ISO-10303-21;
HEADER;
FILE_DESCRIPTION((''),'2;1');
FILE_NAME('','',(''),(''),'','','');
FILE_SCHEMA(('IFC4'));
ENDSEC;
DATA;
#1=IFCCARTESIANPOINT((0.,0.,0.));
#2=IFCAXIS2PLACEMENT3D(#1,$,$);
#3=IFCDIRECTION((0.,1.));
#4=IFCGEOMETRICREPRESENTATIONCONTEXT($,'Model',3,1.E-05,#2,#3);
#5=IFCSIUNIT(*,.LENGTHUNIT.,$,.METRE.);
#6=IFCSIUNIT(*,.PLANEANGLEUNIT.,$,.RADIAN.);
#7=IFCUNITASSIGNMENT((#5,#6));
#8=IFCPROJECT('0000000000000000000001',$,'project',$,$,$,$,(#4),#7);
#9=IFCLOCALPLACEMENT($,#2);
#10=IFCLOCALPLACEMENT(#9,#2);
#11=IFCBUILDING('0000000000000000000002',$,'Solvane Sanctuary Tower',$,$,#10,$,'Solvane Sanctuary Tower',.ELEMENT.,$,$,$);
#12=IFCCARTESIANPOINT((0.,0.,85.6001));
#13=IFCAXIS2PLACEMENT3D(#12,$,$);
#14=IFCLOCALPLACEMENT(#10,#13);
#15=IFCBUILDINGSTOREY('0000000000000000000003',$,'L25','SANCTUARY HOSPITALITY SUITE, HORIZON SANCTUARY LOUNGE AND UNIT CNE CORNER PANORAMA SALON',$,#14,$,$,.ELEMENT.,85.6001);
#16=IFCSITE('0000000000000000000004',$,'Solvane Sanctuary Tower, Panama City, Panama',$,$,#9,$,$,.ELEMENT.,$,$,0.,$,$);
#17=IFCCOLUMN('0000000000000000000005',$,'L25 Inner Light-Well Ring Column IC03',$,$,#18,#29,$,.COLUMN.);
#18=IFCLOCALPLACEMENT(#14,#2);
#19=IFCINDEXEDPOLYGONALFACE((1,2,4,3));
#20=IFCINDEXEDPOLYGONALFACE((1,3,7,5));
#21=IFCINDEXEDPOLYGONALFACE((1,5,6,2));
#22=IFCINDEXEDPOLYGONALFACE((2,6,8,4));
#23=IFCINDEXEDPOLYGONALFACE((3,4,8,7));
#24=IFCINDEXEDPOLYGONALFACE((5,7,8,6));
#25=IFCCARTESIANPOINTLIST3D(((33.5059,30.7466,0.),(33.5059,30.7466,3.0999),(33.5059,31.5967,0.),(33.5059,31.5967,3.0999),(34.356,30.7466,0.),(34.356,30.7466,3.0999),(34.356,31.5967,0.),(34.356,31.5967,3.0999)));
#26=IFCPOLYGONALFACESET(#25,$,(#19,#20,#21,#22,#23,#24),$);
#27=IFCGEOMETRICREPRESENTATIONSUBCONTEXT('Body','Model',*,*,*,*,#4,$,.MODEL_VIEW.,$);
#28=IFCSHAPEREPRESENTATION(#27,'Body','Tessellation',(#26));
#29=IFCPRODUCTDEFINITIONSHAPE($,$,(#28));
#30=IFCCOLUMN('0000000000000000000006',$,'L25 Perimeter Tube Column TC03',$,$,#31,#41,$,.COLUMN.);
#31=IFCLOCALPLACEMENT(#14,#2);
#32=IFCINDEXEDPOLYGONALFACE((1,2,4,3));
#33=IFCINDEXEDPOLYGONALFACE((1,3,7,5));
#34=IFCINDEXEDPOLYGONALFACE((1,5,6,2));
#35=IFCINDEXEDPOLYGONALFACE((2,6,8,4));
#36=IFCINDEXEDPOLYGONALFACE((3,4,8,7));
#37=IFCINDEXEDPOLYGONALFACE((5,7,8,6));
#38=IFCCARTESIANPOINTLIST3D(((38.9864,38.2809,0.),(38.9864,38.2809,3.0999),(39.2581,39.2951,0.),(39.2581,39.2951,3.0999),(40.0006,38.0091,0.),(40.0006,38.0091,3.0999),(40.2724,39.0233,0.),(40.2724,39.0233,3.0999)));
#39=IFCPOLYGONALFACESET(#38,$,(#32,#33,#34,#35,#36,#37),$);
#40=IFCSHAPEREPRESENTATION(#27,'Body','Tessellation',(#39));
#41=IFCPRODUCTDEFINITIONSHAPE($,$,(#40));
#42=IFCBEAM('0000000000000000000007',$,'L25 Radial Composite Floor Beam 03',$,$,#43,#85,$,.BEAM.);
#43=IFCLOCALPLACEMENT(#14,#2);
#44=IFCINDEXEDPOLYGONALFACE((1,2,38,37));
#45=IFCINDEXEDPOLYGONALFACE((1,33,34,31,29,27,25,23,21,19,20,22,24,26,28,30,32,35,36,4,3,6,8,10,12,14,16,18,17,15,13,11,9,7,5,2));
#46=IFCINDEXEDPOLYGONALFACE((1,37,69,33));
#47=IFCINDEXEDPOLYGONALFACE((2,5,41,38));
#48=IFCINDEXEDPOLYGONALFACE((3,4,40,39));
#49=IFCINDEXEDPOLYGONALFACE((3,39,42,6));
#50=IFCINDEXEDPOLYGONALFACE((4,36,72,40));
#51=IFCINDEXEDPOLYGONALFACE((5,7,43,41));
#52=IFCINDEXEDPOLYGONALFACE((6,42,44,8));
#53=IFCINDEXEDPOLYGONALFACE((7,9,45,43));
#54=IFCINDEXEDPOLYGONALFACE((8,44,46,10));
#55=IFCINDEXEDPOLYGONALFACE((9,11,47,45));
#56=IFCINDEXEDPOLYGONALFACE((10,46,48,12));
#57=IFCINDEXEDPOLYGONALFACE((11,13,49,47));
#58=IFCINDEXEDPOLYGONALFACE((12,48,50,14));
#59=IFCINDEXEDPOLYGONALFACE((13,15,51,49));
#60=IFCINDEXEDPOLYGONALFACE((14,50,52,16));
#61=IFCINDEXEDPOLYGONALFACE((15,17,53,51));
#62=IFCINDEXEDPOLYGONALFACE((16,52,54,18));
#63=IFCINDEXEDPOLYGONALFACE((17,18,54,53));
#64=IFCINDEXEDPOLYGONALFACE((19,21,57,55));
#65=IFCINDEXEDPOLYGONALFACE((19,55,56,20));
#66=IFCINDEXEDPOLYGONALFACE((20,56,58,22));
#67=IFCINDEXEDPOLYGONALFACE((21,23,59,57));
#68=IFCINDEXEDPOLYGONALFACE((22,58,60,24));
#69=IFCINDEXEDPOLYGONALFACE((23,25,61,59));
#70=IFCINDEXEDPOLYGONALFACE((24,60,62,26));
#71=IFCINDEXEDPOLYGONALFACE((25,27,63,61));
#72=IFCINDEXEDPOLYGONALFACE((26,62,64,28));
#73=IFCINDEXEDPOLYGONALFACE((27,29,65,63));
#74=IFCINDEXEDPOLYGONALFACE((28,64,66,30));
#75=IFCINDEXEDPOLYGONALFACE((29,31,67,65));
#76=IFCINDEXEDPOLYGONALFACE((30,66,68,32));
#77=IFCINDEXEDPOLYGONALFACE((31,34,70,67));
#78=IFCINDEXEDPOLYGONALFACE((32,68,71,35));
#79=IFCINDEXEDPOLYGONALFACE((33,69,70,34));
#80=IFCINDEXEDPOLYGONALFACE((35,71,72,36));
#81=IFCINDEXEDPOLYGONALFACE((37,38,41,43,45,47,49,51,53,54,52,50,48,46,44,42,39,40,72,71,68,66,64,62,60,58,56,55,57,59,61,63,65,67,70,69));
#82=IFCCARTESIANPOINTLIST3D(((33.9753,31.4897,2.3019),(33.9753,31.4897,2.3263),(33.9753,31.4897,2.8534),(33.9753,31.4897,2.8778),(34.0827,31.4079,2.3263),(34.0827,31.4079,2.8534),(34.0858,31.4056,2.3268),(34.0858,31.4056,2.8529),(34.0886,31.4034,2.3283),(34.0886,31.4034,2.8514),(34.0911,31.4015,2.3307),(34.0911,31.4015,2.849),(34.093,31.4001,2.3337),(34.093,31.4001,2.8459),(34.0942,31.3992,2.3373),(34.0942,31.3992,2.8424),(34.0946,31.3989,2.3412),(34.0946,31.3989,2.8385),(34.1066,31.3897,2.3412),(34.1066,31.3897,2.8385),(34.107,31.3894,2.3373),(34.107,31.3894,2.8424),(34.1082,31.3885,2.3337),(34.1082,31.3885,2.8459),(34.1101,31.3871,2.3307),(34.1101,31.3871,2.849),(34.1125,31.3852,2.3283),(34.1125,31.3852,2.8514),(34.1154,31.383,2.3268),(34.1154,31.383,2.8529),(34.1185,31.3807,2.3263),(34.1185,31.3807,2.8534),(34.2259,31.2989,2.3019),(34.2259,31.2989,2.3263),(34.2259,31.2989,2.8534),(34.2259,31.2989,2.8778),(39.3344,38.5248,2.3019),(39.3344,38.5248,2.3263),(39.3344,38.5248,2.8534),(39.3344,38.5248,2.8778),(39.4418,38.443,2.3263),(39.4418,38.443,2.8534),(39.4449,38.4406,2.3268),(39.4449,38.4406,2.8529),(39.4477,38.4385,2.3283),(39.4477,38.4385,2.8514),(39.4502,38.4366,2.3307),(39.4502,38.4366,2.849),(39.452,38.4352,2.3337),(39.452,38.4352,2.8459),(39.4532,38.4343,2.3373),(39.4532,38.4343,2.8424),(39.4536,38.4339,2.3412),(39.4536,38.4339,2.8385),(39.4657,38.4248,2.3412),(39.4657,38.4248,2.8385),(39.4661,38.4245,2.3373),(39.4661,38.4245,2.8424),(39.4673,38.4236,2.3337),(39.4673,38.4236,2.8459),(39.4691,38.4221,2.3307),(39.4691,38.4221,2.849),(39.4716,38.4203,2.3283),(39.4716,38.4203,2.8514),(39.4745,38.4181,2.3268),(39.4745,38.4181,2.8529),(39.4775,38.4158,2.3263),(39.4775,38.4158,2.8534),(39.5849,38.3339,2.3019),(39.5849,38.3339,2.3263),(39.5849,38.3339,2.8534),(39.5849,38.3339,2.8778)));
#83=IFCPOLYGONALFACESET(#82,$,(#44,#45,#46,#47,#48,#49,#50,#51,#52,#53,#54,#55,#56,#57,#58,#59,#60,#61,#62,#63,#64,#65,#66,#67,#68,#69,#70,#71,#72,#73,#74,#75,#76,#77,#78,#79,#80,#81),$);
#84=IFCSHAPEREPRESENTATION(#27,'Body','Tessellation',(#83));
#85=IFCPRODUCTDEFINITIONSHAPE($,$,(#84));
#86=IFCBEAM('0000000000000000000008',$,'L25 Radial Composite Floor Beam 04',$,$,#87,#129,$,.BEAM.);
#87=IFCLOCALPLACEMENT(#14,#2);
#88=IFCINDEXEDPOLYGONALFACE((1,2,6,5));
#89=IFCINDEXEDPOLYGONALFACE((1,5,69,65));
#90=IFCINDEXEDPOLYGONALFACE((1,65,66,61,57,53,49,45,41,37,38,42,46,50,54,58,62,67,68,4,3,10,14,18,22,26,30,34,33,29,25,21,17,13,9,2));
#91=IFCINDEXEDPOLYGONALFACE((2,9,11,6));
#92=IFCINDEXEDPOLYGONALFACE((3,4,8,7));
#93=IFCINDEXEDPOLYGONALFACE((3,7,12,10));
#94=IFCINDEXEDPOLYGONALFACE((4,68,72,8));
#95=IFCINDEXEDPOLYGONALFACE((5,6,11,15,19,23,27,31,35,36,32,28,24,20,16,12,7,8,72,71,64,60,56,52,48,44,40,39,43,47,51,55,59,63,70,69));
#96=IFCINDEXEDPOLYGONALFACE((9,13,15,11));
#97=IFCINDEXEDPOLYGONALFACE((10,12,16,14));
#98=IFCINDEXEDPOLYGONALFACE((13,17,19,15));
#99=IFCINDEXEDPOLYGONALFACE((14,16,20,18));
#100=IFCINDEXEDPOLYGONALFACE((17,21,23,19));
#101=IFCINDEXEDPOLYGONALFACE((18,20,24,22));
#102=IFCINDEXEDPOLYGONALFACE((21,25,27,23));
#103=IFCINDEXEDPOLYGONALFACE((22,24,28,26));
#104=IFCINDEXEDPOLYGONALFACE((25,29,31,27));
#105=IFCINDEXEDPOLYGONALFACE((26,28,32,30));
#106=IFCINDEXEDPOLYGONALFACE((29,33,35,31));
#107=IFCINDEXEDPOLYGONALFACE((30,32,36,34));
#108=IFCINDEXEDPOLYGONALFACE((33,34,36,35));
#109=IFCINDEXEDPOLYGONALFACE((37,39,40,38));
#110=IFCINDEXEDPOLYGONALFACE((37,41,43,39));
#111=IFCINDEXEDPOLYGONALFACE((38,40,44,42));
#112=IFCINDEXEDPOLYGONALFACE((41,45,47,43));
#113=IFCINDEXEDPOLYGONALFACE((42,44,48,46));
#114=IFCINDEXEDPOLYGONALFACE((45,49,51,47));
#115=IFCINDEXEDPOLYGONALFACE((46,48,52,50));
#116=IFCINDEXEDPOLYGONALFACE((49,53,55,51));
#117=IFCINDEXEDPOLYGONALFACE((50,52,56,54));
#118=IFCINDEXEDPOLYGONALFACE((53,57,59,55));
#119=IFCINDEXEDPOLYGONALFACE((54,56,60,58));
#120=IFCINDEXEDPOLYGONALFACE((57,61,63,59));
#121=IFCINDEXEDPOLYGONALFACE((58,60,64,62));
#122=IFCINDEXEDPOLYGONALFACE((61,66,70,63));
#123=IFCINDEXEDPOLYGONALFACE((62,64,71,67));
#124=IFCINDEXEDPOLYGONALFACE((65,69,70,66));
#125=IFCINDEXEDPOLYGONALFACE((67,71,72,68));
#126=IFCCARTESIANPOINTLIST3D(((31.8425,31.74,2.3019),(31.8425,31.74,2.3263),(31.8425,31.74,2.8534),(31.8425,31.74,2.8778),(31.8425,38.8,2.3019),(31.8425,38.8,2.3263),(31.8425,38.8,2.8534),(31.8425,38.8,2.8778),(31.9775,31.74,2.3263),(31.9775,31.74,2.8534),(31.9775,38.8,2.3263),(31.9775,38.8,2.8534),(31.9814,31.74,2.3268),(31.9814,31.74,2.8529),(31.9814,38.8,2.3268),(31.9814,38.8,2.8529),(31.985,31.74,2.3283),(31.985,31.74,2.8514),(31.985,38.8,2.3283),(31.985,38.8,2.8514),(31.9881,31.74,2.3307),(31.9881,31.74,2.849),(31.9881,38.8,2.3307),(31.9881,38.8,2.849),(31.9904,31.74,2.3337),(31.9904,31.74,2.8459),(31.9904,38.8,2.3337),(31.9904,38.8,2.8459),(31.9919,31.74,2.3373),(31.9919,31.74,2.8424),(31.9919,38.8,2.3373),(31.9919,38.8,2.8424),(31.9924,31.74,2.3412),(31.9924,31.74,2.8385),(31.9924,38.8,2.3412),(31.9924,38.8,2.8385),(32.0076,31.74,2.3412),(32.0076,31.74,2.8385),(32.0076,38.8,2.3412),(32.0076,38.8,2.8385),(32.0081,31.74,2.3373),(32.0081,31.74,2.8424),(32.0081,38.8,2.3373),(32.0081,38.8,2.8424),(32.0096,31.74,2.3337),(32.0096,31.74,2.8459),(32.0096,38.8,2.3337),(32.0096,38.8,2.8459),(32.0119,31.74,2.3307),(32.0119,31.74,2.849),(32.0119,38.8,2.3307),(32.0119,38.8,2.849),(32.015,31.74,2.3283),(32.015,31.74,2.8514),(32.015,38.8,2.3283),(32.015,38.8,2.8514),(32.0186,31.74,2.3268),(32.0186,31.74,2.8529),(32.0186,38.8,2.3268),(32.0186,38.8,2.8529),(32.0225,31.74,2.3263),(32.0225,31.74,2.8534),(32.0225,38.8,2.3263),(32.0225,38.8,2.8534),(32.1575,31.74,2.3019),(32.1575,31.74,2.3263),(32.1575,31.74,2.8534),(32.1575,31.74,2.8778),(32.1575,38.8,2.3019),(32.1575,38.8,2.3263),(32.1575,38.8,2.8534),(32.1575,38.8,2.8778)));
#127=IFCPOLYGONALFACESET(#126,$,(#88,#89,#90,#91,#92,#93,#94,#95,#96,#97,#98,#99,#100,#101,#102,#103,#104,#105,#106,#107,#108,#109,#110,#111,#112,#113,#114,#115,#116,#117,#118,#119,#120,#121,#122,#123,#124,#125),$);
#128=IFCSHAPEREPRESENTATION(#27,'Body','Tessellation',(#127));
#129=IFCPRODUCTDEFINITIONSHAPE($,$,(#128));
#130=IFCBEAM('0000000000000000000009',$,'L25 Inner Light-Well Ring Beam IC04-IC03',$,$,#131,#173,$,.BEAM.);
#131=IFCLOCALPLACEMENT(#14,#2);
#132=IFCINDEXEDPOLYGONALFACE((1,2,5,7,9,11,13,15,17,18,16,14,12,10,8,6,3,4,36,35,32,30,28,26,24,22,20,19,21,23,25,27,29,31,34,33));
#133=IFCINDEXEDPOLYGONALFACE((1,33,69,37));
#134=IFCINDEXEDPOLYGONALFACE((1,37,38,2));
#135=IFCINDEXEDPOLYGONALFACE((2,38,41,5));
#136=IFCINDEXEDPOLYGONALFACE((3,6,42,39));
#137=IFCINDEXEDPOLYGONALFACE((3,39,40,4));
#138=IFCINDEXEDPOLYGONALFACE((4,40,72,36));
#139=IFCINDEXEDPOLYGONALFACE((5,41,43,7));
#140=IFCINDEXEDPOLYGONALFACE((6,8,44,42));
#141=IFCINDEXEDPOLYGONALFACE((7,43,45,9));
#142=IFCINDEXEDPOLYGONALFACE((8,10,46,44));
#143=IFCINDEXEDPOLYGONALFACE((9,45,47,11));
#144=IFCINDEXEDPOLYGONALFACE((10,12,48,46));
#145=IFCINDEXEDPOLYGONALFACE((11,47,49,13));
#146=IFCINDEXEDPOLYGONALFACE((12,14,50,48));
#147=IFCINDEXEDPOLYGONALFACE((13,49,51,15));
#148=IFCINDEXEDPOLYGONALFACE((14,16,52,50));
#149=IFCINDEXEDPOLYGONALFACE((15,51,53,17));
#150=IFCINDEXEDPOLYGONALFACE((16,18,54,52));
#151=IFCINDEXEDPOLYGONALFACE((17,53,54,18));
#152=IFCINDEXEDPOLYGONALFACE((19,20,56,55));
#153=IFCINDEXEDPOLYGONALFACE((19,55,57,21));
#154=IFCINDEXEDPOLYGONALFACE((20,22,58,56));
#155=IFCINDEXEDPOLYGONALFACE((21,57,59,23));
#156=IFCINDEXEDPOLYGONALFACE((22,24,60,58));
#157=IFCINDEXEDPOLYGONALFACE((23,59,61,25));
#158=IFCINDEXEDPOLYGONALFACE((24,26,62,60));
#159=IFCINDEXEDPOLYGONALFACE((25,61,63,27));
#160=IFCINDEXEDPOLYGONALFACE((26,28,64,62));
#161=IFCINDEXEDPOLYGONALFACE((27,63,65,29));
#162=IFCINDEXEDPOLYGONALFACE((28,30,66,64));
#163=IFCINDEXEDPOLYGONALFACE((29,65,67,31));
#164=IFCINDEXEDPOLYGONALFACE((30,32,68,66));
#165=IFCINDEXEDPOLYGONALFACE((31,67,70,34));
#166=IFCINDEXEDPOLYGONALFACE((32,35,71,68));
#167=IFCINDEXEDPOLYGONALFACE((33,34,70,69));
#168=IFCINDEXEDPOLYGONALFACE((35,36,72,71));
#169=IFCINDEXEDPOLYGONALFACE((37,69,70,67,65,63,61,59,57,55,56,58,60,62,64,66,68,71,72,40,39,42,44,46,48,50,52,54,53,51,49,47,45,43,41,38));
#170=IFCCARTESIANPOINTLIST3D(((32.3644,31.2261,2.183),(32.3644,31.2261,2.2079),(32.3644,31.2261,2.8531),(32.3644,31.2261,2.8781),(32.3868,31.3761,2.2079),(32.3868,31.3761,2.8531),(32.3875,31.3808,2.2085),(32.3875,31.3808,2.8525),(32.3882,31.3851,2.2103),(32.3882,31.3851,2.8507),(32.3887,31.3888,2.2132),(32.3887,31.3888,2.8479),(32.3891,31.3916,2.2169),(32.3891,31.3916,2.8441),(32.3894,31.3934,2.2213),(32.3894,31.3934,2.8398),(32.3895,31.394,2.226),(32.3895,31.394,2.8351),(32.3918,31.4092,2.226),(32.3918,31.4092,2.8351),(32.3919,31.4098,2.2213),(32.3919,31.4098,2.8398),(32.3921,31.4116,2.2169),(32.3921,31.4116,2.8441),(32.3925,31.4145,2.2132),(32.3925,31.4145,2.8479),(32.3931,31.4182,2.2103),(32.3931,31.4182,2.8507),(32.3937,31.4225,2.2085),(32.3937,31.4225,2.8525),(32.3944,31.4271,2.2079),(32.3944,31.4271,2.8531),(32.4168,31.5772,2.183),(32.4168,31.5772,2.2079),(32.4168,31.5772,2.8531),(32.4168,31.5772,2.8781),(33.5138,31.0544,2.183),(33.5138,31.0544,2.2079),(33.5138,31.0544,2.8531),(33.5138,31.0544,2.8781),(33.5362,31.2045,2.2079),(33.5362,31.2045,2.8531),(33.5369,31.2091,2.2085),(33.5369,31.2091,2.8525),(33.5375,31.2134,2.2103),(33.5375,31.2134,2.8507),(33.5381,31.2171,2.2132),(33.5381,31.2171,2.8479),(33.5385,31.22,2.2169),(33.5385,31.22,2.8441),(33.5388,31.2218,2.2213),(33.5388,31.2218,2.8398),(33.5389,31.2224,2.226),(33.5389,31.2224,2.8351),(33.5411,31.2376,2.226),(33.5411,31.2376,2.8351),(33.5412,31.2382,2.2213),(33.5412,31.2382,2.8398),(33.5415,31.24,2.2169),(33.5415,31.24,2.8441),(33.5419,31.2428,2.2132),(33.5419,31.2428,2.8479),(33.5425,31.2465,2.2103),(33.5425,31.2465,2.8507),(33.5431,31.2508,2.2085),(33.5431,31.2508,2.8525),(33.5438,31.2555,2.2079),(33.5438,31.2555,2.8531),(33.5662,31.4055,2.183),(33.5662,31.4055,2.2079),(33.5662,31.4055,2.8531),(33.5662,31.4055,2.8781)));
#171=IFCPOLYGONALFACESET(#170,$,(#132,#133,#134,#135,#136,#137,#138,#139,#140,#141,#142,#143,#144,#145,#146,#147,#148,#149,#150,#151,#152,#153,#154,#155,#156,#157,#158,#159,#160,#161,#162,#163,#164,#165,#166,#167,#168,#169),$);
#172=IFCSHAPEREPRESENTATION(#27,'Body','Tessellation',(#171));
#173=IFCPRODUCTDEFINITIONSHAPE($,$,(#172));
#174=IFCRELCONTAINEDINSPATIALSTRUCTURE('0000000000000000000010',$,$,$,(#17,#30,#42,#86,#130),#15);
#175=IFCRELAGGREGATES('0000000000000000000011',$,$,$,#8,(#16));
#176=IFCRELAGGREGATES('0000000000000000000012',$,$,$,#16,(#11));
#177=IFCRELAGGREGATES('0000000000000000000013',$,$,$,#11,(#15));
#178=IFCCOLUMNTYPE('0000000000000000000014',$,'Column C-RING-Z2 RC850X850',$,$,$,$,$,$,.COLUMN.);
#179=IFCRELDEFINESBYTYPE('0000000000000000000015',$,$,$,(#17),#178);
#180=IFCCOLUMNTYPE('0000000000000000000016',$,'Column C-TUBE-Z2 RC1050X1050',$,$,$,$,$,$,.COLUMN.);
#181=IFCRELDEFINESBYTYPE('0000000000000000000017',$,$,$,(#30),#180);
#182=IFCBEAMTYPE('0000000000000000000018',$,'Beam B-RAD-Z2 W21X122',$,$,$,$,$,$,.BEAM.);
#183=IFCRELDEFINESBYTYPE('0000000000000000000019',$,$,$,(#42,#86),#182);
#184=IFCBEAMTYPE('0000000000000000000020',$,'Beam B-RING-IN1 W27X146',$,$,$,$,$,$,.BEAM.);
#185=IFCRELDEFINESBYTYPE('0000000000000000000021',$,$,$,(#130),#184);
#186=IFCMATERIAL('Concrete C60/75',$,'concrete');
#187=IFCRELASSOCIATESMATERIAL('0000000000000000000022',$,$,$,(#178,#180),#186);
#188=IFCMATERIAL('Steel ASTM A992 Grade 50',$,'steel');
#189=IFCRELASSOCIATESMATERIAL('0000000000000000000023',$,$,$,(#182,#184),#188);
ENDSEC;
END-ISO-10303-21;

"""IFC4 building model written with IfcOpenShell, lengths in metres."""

from ifc_helpers import new_model, si_unit, direction, frame, origin, origin_2d, place, context, subcontext, project, spatial, rectangle, i_section, extrude, material, material_profile, profile_set, type_object, element, save


model = new_model("IFC4")

# Units and contexts
model_context = context("Model", 3, precision=1e-05, world=origin(), true_north=direction((0.0, 1.0)))
body_context = subcontext(model_context, "Body", "Model", "MODEL_VIEW")
ifc_project = project(units=[si_unit("LENGTHUNIT", "METRE"), si_unit("PLANEANGLEUNIT", "RADIAN")], contexts=[model_context])

# Site, building, storey
site_placement = place(None, origin())
site = spatial("IfcSite", under=ifc_project, at=site_placement, Name="Solvane Sanctuary Tower, Panama City, Panama", CompositionType="ELEMENT", RefElevation=0.0)
building_placement = place(site_placement, origin())
building = spatial("IfcBuilding", under=site, at=building_placement, Name="Solvane Sanctuary Tower", LongName="Solvane Sanctuary Tower", CompositionType="ELEMENT")
storey_placement = place(building_placement, frame((0.0, 0.0, 85.6001)))
storey = spatial("IfcBuildingStorey", under=building, at=storey_placement, Name="L25", Description="SANCTUARY HOSPITALITY SUITE, HORIZON SANCTUARY LOUNGE AND UNIT CNE CORNER PANORAMA SALON", CompositionType="ELEMENT", Elevation=85.6001)

# Columns
ifc_material_1 = material(Name="Concrete C60/75", Category="concrete")
ifc_material_profile_1 = material_profile(ifc_material_1, rectangle(XDim=0.8501, YDim=0.8501, at=origin_2d()), Name="RC850X850")
ifc_profile_set_1 = profile_set([ifc_material_profile_1], Name="Concrete C60/75")
column_type_1 = type_object("IfcColumnType", Name="Column C-RING-Z2 RC850X850", PredefinedType="COLUMN", material=ifc_profile_set_1)
column_1_placement = place(storey_placement, frame((33.9309, 31.1716, 0.0), z_axis=(0.0, 0.0, 1.0), x_axis=(1.0, 0.0, 0.0)))
element("IfcColumn", 1, at=column_1_placement, inside=storey, type_object=column_type_1, Name="L25 Inner Light-Well Ring Column IC03", PredefinedType="COLUMN", context=body_context, shape_type="SweptSolid", body=[
    extrude(rectangle(XDim=0.8501, YDim=0.8501, at=origin_2d()), origin(), (0.0, 0.0, 1.0), 3.0999),
])
ifc_material_profile_2 = material_profile(ifc_material_1, rectangle(XDim=1.05, YDim=1.05, at=origin_2d()), Name="RC1050X1050")
ifc_profile_set_2 = profile_set([ifc_material_profile_2], Name="Concrete C60/75")
column_type_2 = type_object("IfcColumnType", Name="Column C-TUBE-Z2 RC1050X1050", PredefinedType="COLUMN", material=ifc_profile_set_2)
column_2_placement = place(storey_placement, frame((39.6294, 38.6521, 0.0), z_axis=(0.0, 0.0, 1.0), x_axis=(0.258819, 0.965926, 0.0)))
element("IfcColumn", 2, at=column_2_placement, inside=storey, type_object=column_type_2, Name="L25 Perimeter Tube Column TC03", PredefinedType="COLUMN", context=body_context, shape_type="SweptSolid", body=[
    extrude(rectangle(XDim=1.05, YDim=1.05, at=origin_2d()), origin(), (0.0, 0.0, 1.0), 3.0999),
])

# Beams
ifc_material_2 = material(Name="Steel ASTM A992 Grade 50", Category="steel")
ifc_material_profile_3 = material_profile(ifc_material_2, i_section(OverallWidth=0.3149, OverallDepth=0.5759, WebThickness=0.0151, FlangeThickness=0.0244, FilletRadius=0.0149, at=origin_2d()), Name="W21X122")
ifc_profile_set_3 = profile_set([ifc_material_profile_3], Name="Steel ASTM A992 Grade 50")
beam_type_1 = type_object("IfcBeamType", Name="Beam B-RAD-Z2 W21X122", PredefinedType="BEAM", material=ifc_profile_set_3)
beam_1_placement = place(storey_placement, frame((34.1006, 31.3943, 2.5898), z_axis=(0.605973, 0.795486, 0.0), x_axis=(-0.795486, 0.605973, 0.0)))
element("IfcBeam", 3, at=beam_1_placement, inside=storey, type_object=beam_type_1, Name="L25 Radial Composite Floor Beam 03", PredefinedType="BEAM", context=body_context, shape_type="SweptSolid", body=[
    extrude(i_section(OverallWidth=0.3149, OverallDepth=0.5759, WebThickness=0.0151, FlangeThickness=0.0244, FilletRadius=0.0149, at=origin_2d()), origin(), (0.0, 0.0, 1.0), 8.8438),
])
beam_2_placement = place(storey_placement, frame((32.0, 31.74, 2.5898), z_axis=(0.0, 1.0, 0.0), x_axis=(-1.0, 0.0, 0.0)))
element("IfcBeam", 4, at=beam_2_placement, inside=storey, type_object=beam_type_1, Name="L25 Radial Composite Floor Beam 04", PredefinedType="BEAM", context=body_context, shape_type="SweptSolid", body=[
    extrude(i_section(OverallWidth=0.3149, OverallDepth=0.5759, WebThickness=0.0151, FlangeThickness=0.0244, FilletRadius=0.0149, at=origin_2d()), origin(), (0.0, 0.0, 1.0), 7.0601),
])
ifc_material_profile_4 = material_profile(ifc_material_2, i_section(OverallWidth=0.355, OverallDepth=0.6951, WebThickness=0.0154, FlangeThickness=0.0249, FilletRadius=0.0181, at=origin_2d()), Name="W27X146")
ifc_profile_set_4 = profile_set([ifc_material_profile_4], Name="Steel ASTM A992 Grade 50")
beam_type_2 = type_object("IfcBeamType", Name="Beam B-RING-IN1 W27X146", PredefinedType="BEAM", material=ifc_profile_set_4)
beam_3_placement = place(storey_placement, frame((32.3906, 31.4016, 2.5305), z_axis=(0.989035, -0.147683, 0.0), x_axis=(0.147683, 0.989035, 0.0)))
element("IfcBeam", 5, at=beam_3_placement, inside=storey, type_object=beam_type_2, Name="L25 Inner Light-Well Ring Beam IC04-IC03", PredefinedType="BEAM", context=body_context, shape_type="SweptSolid", body=[
    extrude(i_section(OverallWidth=0.355, OverallDepth=0.6951, WebThickness=0.0154, FlangeThickness=0.0249, FilletRadius=0.0181, at=origin_2d()), origin(), (0.0, 0.0, 1.0), 1.1621),
])

save(model, "model.ifc")
